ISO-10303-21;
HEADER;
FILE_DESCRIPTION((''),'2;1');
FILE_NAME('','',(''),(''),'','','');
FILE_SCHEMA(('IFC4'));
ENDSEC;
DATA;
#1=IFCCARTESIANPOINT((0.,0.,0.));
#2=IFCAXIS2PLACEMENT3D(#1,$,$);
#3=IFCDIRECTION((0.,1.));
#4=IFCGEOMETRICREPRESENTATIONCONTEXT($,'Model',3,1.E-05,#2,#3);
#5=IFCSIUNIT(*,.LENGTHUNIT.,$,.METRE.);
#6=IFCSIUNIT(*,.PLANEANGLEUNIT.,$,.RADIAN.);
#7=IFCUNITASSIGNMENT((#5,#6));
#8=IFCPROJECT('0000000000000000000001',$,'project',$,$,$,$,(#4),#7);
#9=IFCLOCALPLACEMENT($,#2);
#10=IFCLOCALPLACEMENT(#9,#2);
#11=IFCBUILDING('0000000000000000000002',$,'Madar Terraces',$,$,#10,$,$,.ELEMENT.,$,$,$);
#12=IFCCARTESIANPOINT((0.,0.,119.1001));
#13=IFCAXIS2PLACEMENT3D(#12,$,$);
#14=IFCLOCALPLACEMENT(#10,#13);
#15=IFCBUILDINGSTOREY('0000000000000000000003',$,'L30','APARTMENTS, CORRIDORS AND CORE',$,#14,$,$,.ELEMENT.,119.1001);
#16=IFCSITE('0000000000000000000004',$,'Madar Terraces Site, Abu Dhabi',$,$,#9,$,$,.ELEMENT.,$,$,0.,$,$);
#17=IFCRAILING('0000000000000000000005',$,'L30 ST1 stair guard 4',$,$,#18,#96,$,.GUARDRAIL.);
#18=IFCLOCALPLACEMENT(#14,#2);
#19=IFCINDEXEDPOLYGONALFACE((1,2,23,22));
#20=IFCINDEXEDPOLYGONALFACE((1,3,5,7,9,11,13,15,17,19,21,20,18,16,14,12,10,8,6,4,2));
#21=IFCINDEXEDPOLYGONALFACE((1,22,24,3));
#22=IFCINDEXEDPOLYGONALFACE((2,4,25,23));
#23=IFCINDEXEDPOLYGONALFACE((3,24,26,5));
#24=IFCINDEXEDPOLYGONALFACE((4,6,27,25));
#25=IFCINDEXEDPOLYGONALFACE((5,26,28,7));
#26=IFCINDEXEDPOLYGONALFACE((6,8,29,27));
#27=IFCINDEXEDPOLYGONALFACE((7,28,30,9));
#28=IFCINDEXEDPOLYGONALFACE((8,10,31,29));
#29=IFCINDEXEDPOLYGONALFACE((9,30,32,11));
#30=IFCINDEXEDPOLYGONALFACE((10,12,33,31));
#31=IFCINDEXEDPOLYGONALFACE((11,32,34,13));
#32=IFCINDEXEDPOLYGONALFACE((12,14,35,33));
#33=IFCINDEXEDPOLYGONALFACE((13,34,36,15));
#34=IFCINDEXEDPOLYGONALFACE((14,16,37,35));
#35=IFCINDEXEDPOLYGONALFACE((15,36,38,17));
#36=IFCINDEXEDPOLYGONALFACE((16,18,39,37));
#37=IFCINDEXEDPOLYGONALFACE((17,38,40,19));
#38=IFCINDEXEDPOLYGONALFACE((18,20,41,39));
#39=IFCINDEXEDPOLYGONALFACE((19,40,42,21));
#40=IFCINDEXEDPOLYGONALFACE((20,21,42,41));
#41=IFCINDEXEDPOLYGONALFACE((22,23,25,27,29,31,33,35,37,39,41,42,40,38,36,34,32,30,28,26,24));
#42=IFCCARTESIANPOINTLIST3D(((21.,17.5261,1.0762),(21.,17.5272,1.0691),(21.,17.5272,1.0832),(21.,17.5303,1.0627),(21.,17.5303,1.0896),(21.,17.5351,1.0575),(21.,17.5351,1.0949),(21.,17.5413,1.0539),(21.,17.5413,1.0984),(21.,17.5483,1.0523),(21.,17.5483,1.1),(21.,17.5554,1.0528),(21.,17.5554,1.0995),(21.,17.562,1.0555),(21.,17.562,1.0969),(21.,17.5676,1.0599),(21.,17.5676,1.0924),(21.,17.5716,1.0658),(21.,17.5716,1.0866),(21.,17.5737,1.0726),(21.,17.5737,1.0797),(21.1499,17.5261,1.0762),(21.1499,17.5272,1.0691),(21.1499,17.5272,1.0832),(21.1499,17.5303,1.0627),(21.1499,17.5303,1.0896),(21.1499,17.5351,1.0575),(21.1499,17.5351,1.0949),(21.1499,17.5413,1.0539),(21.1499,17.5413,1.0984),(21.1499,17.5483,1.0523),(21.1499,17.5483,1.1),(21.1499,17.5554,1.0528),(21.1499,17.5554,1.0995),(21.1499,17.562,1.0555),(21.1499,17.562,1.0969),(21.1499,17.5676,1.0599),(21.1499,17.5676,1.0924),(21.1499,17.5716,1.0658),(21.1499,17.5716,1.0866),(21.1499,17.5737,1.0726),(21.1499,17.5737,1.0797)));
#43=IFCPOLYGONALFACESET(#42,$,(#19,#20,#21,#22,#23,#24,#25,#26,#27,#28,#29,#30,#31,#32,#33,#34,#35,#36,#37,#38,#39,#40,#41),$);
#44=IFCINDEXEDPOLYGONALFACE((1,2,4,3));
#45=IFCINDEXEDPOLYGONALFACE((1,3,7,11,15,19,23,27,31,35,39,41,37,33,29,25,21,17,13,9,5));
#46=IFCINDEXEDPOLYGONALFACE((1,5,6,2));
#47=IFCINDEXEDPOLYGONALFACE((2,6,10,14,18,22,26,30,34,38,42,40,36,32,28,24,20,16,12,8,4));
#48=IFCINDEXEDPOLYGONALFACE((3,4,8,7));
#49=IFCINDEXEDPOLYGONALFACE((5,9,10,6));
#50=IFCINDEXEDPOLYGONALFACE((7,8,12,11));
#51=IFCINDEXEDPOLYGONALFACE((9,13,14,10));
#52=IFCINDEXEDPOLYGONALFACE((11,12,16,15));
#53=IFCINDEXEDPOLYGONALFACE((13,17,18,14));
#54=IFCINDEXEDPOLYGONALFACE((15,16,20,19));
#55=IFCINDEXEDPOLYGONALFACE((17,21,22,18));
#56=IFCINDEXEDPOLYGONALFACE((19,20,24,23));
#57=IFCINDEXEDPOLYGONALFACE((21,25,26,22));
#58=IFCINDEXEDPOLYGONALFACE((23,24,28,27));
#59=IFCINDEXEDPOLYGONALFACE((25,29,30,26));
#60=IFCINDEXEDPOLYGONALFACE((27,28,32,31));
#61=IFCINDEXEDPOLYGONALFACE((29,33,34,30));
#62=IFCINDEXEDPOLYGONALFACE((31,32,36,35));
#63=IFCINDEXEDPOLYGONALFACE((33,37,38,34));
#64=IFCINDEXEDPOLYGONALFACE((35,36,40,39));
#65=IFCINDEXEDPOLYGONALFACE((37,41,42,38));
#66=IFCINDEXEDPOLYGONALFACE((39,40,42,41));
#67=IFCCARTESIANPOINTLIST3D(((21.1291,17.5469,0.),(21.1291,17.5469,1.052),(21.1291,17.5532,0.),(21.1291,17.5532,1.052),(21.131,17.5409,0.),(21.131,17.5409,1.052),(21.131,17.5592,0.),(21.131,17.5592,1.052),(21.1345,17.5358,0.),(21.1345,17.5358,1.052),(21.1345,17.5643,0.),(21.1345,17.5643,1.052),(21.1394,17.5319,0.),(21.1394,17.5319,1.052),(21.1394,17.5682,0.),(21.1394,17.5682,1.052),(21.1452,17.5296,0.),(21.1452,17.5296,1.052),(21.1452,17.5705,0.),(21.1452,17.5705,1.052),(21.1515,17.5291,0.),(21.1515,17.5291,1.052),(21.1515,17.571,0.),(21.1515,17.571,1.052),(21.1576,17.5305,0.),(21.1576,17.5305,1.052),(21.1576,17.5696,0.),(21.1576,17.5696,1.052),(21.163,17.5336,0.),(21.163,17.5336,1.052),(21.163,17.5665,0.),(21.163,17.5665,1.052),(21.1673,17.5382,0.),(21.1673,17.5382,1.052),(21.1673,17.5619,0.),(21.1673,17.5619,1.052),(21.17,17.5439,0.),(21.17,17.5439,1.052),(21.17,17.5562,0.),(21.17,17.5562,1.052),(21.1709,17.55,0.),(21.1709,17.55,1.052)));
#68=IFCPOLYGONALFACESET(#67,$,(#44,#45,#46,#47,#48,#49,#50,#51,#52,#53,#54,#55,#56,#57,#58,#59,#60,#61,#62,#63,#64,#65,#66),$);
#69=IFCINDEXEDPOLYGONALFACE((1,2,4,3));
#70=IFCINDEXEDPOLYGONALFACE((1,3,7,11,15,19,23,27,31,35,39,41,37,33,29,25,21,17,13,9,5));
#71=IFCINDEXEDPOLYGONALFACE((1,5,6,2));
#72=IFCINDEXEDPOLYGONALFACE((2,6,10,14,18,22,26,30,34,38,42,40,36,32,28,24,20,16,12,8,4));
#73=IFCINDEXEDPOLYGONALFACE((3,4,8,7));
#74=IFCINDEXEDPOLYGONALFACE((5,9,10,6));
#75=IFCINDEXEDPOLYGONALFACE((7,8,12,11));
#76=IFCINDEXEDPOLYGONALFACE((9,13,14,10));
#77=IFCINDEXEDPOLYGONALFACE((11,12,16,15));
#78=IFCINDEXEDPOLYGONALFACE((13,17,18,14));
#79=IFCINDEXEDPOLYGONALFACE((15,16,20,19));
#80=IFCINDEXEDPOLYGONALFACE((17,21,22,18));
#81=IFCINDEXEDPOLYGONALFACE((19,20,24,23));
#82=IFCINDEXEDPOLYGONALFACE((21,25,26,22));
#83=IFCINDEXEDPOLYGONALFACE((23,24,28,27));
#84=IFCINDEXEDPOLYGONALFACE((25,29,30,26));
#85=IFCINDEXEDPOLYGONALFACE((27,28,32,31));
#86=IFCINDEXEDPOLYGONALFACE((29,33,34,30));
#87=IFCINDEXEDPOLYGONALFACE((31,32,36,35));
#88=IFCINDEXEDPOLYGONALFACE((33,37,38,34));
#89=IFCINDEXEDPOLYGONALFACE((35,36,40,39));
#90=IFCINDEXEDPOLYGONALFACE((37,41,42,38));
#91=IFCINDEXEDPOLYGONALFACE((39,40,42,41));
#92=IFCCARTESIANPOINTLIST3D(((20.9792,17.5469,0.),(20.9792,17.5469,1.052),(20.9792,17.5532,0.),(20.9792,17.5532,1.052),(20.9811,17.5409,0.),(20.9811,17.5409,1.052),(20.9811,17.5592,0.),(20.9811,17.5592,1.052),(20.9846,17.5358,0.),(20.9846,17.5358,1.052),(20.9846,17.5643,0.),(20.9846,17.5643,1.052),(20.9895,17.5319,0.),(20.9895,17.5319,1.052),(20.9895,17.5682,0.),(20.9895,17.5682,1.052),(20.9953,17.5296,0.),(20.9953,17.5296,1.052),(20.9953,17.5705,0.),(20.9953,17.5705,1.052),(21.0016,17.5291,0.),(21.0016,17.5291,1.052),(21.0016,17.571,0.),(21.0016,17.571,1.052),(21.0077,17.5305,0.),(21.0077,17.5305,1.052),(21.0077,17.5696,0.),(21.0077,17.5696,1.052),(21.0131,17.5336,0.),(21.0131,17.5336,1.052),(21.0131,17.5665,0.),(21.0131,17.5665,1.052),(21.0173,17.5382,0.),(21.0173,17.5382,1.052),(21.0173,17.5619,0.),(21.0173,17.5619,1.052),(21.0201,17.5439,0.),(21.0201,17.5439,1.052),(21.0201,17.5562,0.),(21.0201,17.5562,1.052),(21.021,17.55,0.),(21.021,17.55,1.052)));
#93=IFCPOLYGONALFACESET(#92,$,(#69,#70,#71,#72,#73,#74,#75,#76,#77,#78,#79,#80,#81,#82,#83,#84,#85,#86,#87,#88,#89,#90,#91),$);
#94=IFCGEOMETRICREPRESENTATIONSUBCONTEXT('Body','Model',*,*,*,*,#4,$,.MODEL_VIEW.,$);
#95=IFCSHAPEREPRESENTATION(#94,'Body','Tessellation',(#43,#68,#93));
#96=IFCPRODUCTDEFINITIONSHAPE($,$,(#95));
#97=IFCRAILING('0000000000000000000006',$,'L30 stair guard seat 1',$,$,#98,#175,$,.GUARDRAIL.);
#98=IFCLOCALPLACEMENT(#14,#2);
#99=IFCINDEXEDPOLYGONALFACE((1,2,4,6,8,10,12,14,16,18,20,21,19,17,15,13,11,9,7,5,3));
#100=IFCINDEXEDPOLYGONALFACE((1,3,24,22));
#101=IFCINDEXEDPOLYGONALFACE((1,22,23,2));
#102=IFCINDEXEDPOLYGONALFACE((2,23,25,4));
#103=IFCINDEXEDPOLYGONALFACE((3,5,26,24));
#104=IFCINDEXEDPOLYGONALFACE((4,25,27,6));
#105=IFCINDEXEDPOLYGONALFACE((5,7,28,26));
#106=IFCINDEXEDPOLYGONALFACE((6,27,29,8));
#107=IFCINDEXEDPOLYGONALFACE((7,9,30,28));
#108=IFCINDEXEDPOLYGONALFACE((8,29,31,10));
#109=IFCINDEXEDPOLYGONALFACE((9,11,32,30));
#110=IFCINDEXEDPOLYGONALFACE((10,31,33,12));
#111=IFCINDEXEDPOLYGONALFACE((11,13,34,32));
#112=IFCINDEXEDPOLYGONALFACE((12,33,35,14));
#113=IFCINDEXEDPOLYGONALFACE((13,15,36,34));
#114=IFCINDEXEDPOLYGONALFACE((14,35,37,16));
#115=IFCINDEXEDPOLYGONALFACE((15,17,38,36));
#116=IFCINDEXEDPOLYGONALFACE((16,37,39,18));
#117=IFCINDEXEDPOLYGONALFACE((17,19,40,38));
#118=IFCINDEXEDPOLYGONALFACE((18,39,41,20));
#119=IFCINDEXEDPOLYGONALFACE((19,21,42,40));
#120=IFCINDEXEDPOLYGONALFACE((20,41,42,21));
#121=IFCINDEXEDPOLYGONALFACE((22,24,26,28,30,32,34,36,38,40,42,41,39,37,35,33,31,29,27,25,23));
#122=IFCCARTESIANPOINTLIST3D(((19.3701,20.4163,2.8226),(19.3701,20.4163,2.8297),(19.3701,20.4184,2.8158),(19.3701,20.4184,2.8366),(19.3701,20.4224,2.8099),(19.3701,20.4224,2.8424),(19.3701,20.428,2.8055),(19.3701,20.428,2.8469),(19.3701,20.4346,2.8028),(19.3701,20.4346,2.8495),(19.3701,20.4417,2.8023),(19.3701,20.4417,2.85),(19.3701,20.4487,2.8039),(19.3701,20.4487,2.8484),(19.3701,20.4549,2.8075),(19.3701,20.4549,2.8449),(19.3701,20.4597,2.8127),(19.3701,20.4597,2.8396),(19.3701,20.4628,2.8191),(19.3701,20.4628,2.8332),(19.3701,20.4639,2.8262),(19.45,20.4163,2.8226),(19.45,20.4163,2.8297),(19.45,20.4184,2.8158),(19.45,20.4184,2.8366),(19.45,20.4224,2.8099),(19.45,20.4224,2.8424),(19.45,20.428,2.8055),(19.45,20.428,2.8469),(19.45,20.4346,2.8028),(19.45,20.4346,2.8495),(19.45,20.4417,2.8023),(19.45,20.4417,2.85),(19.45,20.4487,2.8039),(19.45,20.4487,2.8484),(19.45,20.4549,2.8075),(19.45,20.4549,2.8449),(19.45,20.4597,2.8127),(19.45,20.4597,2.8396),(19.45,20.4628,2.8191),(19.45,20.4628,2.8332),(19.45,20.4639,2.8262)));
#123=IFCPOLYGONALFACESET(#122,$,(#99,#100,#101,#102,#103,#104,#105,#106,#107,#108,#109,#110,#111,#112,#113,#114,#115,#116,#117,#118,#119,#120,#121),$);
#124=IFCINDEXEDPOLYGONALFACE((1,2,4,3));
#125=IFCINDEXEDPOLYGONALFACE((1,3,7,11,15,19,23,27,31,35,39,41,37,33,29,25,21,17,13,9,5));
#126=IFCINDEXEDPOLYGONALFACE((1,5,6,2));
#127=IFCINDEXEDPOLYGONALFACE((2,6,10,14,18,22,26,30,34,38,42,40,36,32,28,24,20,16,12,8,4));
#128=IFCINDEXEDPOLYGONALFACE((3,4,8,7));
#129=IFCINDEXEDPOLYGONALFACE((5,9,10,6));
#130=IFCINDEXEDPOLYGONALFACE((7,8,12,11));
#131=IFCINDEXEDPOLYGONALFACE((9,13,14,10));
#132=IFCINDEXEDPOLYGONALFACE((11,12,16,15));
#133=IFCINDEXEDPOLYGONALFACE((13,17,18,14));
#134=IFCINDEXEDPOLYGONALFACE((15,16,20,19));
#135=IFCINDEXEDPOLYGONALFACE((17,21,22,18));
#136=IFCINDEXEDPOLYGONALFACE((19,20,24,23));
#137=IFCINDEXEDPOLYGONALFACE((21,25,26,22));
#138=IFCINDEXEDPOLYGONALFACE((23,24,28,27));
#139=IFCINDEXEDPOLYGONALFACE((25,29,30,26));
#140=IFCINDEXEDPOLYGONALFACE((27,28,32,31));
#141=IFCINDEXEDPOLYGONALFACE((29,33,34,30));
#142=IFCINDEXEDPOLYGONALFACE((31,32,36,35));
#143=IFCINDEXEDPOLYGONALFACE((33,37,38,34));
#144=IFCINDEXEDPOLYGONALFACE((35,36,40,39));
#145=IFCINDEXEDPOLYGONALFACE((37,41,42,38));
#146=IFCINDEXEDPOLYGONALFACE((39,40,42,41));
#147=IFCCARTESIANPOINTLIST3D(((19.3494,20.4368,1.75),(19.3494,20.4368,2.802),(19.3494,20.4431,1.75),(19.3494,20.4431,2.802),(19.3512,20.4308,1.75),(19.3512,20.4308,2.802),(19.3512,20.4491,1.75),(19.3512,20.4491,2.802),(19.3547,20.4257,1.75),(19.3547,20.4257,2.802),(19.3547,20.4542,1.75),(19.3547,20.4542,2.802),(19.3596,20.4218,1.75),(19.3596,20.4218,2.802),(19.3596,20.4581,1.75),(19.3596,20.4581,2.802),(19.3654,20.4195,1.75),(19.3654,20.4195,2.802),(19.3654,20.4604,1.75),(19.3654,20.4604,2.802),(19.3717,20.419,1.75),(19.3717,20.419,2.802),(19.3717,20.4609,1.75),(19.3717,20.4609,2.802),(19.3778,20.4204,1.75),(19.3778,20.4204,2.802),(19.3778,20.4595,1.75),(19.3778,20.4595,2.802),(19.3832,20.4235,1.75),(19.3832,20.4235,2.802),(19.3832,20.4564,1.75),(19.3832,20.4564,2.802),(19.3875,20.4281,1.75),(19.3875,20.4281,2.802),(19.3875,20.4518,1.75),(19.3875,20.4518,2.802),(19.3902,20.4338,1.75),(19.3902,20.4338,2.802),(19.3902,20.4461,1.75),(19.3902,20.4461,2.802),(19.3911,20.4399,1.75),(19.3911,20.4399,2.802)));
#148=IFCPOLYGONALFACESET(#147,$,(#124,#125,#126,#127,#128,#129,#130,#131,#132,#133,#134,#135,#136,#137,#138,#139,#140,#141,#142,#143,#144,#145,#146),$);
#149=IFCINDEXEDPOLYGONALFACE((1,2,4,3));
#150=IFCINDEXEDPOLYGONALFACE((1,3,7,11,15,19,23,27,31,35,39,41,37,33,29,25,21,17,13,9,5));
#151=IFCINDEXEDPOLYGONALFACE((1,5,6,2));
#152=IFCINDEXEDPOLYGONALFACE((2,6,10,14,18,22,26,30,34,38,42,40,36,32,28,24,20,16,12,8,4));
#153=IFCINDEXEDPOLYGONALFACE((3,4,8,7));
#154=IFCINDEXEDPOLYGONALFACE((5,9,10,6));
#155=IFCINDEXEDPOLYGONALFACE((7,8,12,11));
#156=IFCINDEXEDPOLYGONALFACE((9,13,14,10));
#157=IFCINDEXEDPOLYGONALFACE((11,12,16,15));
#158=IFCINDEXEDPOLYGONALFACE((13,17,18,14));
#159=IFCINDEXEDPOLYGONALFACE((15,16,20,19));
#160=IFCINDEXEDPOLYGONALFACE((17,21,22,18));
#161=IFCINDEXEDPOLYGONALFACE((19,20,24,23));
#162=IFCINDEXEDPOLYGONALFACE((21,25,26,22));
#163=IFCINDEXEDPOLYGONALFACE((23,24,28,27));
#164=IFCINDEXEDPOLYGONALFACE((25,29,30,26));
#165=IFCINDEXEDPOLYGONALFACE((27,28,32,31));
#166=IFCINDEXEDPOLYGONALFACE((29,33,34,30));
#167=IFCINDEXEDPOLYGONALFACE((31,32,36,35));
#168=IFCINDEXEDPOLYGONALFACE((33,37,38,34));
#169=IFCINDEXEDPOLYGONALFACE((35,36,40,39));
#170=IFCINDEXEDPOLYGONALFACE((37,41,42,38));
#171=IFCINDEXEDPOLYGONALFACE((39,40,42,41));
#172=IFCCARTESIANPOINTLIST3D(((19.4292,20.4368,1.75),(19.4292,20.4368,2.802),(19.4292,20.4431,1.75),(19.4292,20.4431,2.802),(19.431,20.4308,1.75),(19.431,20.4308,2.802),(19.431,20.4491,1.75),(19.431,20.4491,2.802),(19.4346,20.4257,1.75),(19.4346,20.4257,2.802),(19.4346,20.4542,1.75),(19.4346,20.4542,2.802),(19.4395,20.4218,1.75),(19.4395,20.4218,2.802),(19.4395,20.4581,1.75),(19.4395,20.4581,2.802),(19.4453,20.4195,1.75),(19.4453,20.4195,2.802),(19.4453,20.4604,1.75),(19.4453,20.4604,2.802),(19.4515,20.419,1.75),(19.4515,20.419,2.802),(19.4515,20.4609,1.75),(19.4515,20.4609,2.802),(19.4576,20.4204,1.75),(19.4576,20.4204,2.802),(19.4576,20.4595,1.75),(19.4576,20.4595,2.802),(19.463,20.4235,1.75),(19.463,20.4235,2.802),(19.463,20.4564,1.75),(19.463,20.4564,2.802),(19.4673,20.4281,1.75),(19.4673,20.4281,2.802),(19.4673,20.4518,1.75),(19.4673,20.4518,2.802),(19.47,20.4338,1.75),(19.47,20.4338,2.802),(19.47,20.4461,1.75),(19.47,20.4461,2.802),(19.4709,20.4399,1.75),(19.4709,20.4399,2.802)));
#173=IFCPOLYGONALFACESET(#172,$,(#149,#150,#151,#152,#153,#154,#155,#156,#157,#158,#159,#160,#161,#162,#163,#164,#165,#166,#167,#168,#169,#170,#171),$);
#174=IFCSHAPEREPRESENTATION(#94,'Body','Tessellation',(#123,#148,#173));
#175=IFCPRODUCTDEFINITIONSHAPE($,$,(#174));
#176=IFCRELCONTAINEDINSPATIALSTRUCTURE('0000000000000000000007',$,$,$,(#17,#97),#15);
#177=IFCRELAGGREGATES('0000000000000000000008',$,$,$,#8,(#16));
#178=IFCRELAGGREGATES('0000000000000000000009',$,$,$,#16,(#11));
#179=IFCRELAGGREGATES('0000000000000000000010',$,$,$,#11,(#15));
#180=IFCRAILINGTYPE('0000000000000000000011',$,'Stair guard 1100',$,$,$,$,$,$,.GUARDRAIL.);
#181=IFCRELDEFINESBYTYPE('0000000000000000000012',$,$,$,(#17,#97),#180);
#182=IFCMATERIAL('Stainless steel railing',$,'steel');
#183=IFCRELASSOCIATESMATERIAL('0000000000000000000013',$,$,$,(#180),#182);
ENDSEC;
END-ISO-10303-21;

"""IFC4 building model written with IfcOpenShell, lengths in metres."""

from ifc_helpers import new_model, si_unit, direction, frame, origin, origin_2d, place, context, subcontext, project, spatial, circle, extrude, material, type_object, element, save


model = new_model("IFC4")

# Units and contexts
model_context = context("Model", 3, precision=1e-05, world=origin(), true_north=direction((0.0, 1.0)))
body_context = subcontext(model_context, "Body", "Model", "MODEL_VIEW")
ifc_project = project(units=[si_unit("LENGTHUNIT", "METRE"), si_unit("PLANEANGLEUNIT", "RADIAN")], contexts=[model_context])

# Site, building, storey
site_placement = place(None, origin())
site = spatial("IfcSite", under=ifc_project, at=site_placement, Name="Madar Terraces Site, Abu Dhabi", CompositionType="ELEMENT", RefElevation=0.0)
building_placement = place(site_placement, origin())
building = spatial("IfcBuilding", under=site, at=building_placement, Name="Madar Terraces", CompositionType="ELEMENT")
storey_placement = place(building_placement, frame((0.0, 0.0, 119.1001)))
storey = spatial("IfcBuildingStorey", under=building, at=storey_placement, Name="L30", Description="APARTMENTS, CORRIDORS AND CORE", CompositionType="ELEMENT", Elevation=119.1001)

# Railings
ifc_material_1 = material(Name="Stainless steel railing", Category="steel")
railing_type_1 = type_object("IfcRailingType", Name="Stair guard 1100", PredefinedType="GUARDRAIL", material=ifc_material_1)
railing_1_placement = place(storey_placement, frame((21.1499, 17.55, 0.0)))
element("IfcRailing", 1, at=railing_1_placement, inside=storey, type_object=railing_type_1, Name="L30 ST1 stair guard 4", PredefinedType="GUARDRAIL", context=body_context, shape_type="SweptSolid", body=[
    extrude(circle(Radius=0.0239, at=origin_2d()), frame((0.0, 0.0, 1.0762), z_axis=(-1.0, 0.0, 0.0), x_axis=(0.0, -1.0, 0.0)), (0.0, 0.0, 1.0), 0.1499),
    extrude(circle(Radius=0.021, at=origin_2d()), origin(), (0.0, 0.0, 1.0), 1.052),
    extrude(circle(Radius=0.021, at=origin_2d()), frame((-0.1499, 0.0, 0.0)), (0.0, 0.0, 1.0), 1.052),
])
for number, where, name in (
    (2, (19.3701, 20.4399, 1.75), "L30 stair guard seat 1"),
):
    element("IfcRailing", number, at=place(storey_placement, frame(where)), inside=storey, type_object=railing_type_1, Name=name, PredefinedType="GUARDRAIL", context=body_context, shape_type="SweptSolid", body=[
        extrude(circle(Radius=0.0239, at=origin_2d()), frame((0.0, 0.0, 1.0762), z_axis=(1.0, 0.0, 0.0), x_axis=(0.0, 1.0, 0.0)), (0.0, 0.0, 1.0), 0.0798),
        extrude(circle(Radius=0.021, at=origin_2d()), origin(), (0.0, 0.0, 1.0), 1.052),
        extrude(circle(Radius=0.021, at=origin_2d()), frame((0.0798, 0.0, 0.0)), (0.0, 0.0, 1.0), 1.052),
    ])

save(model, "model.ifc")
